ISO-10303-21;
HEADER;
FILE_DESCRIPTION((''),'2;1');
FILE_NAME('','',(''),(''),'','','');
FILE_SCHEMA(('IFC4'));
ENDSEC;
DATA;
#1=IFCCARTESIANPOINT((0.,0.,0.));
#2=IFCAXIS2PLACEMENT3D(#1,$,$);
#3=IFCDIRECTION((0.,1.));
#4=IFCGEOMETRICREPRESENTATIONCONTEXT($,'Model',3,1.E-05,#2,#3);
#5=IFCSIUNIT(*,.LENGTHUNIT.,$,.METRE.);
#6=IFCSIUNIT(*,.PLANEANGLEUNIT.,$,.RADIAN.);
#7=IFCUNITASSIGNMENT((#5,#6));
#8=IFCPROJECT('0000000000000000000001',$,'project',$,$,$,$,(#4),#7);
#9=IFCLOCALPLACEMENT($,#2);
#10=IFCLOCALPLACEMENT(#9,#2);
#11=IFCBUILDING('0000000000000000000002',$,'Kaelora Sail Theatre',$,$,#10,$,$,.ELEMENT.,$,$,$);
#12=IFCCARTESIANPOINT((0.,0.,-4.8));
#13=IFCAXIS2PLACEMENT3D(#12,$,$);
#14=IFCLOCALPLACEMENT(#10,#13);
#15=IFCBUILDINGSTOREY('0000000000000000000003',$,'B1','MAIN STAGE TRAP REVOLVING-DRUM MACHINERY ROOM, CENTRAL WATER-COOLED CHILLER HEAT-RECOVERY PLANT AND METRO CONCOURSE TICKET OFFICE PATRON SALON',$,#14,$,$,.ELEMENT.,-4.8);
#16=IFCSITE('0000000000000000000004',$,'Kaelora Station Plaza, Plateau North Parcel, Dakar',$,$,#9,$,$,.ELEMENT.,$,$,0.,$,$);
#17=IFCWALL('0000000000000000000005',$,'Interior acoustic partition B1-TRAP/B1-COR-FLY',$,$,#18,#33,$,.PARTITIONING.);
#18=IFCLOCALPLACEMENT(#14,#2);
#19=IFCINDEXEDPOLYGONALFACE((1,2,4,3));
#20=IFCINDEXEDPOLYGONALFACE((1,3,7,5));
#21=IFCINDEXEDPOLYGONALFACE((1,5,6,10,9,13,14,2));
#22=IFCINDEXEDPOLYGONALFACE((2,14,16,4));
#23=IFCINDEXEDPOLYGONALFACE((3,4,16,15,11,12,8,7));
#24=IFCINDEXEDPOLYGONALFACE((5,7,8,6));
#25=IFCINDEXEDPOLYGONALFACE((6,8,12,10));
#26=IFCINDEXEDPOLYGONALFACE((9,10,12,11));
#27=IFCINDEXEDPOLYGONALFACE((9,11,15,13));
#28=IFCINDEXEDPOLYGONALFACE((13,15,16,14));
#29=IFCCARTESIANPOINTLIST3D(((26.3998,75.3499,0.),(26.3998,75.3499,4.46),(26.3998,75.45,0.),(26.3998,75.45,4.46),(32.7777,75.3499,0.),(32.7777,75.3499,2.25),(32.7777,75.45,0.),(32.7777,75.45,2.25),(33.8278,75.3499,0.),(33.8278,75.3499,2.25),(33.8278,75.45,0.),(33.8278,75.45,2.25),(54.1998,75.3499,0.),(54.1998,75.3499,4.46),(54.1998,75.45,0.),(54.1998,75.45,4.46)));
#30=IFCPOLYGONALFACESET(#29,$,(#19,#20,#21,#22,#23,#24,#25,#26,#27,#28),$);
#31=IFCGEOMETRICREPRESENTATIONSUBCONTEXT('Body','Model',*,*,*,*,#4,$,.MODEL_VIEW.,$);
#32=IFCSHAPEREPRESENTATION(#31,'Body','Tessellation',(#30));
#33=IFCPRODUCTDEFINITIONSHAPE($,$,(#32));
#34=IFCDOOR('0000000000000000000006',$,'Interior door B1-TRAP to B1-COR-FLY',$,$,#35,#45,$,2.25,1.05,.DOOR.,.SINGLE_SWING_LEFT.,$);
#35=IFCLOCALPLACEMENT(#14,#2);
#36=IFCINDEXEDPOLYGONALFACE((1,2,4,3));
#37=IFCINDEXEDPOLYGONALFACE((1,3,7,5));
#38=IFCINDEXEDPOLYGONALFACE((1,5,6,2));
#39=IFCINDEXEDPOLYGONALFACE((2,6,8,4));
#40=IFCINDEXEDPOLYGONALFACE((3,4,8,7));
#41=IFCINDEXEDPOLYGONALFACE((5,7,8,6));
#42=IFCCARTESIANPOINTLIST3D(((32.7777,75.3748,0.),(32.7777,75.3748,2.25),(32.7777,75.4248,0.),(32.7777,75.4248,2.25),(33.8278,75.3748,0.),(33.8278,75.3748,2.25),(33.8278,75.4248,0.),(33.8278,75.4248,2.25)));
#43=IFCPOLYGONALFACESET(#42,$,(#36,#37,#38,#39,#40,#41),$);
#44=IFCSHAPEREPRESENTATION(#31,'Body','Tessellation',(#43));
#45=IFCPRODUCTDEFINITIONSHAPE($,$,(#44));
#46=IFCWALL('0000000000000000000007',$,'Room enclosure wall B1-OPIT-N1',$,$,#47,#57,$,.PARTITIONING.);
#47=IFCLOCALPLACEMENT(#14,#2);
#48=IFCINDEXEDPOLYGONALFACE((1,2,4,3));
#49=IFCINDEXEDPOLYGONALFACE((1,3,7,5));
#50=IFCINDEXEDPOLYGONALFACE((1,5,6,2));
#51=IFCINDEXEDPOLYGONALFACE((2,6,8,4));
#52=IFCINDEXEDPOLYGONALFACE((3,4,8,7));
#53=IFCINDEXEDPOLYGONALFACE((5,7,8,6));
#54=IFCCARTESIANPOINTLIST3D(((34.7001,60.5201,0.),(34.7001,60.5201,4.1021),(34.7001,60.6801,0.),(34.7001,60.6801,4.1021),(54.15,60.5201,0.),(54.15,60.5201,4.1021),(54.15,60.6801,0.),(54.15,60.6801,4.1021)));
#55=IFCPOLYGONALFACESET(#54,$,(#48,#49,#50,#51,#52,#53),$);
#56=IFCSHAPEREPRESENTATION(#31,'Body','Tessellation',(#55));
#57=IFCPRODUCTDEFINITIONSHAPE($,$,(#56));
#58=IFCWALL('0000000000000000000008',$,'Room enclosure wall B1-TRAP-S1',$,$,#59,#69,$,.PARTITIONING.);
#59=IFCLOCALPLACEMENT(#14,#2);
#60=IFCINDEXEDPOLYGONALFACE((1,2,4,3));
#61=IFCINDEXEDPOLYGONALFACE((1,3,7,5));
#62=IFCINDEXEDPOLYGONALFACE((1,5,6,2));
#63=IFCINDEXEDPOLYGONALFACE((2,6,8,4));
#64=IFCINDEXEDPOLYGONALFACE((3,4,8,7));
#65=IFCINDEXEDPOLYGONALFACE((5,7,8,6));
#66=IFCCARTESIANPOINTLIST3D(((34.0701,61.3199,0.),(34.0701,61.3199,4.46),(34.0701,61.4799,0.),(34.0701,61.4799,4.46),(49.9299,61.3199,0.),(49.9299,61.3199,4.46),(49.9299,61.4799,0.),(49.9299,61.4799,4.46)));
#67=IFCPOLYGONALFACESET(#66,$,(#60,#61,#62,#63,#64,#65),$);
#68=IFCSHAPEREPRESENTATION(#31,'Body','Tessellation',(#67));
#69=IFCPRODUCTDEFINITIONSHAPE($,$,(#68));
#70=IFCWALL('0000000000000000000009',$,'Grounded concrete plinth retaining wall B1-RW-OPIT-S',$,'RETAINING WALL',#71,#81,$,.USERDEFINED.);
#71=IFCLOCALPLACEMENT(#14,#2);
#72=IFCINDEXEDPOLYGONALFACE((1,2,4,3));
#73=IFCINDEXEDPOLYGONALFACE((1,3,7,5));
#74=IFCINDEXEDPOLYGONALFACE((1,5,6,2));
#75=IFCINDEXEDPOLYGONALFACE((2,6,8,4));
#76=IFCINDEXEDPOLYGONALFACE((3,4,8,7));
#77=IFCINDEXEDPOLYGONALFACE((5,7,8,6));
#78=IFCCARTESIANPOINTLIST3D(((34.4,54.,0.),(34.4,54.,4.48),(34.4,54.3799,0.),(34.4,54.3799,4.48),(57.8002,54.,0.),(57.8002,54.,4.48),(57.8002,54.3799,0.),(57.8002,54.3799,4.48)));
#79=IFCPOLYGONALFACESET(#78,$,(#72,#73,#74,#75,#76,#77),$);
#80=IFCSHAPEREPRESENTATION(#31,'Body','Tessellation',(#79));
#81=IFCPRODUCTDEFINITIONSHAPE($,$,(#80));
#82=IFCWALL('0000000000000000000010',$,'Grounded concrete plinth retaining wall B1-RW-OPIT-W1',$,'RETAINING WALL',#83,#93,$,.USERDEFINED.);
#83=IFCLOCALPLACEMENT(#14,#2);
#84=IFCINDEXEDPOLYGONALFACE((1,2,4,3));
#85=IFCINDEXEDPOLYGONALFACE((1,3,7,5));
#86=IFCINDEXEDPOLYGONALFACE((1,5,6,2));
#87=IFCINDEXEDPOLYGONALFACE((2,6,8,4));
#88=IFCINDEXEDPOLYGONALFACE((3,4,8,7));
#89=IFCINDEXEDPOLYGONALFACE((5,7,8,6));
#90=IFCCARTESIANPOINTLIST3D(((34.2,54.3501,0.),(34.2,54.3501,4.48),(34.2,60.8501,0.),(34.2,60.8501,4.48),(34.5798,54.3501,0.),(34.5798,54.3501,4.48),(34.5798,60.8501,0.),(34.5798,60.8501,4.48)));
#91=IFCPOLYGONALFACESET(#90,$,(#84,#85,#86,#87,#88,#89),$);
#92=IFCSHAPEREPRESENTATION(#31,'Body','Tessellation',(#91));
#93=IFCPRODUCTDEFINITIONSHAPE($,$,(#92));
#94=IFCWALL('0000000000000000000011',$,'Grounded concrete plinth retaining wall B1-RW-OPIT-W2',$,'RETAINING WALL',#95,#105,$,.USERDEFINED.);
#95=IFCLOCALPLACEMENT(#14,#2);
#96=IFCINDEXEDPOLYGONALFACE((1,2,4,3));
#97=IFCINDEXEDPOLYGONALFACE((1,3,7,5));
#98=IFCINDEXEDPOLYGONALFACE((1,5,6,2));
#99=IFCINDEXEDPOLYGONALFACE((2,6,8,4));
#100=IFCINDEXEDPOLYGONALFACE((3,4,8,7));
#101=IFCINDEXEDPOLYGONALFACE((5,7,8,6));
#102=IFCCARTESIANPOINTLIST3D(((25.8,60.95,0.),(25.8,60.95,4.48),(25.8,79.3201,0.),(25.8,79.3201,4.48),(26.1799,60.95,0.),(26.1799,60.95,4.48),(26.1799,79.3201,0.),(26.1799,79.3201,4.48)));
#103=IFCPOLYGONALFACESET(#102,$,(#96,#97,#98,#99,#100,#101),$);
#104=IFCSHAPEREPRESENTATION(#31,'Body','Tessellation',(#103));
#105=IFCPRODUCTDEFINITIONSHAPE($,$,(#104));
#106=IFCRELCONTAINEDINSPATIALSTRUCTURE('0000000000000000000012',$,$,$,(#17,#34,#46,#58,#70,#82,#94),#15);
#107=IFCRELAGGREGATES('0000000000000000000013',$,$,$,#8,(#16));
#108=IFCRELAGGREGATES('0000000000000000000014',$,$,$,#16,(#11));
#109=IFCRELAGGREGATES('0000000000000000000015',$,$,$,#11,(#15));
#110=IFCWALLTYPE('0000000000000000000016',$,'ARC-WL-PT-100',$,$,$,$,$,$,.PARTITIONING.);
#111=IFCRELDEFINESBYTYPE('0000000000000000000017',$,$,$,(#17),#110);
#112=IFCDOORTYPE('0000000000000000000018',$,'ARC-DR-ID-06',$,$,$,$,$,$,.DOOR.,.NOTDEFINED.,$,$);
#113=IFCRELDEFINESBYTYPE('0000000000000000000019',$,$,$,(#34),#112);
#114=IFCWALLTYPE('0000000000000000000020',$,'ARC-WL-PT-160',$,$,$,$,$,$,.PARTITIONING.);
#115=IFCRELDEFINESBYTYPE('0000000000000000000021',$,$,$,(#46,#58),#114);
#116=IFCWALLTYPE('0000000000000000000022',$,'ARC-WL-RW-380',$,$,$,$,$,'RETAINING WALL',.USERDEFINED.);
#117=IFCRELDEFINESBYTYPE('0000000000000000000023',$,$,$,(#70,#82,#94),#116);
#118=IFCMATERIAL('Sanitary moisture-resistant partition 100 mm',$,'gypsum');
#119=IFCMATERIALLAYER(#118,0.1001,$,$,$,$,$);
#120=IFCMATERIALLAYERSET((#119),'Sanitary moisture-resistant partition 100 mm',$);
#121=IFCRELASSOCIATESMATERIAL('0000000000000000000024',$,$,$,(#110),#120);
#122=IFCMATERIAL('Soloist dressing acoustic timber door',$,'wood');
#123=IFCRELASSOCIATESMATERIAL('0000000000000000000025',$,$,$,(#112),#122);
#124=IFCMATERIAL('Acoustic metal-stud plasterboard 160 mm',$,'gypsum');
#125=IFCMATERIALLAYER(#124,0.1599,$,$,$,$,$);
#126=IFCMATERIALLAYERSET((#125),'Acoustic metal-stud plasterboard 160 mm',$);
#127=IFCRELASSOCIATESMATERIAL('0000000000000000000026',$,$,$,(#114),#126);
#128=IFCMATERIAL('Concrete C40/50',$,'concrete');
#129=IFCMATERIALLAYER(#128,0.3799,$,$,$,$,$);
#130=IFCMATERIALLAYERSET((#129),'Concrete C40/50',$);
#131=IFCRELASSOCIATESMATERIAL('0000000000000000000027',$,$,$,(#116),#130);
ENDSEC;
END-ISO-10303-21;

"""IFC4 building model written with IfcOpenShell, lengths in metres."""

from ifc_helpers import new_model, si_unit, direction, frame, frame_2d, origin, place, context, subcontext, project, spatial, rectangle, extrude, material, layer, layer_set, type_object, element, fill, save


model = new_model("IFC4")

# Units and contexts
model_context = context("Model", 3, precision=1e-05, world=origin(), true_north=direction((0.0, 1.0)))
body_context = subcontext(model_context, "Body", "Model", "MODEL_VIEW")
ifc_project = project(units=[si_unit("LENGTHUNIT", "METRE"), si_unit("PLANEANGLEUNIT", "RADIAN")], contexts=[model_context])

# Site, building, storey
site_placement = place(None, origin())
site = spatial("IfcSite", under=ifc_project, at=site_placement, Name="Kaelora Station Plaza, Plateau North Parcel, Dakar", CompositionType="ELEMENT", RefElevation=0.0)
building_placement = place(site_placement, origin())
building = spatial("IfcBuilding", under=site, at=building_placement, Name="Kaelora Sail Theatre", CompositionType="ELEMENT")
storey_placement = place(building_placement, frame((0.0, 0.0, -4.8)))
storey = spatial("IfcBuildingStorey", under=building, at=storey_placement, Name="B1", Description="MAIN STAGE TRAP REVOLVING-DRUM MACHINERY ROOM, CENTRAL WATER-COOLED CHILLER HEAT-RECOVERY PLANT AND METRO CONCOURSE TICKET OFFICE PATRON SALON", CompositionType="ELEMENT", Elevation=-4.8)

# Wall, opening, door
ifc_material_1 = material(Name="Sanitary moisture-resistant partition 100 mm", Category="gypsum")
ifc_layer_1 = layer(ifc_material_1, 0.1001)
ifc_layer_set_1 = layer_set([ifc_layer_1], Name="Sanitary moisture-resistant partition 100 mm")
wall_type_1 = type_object("IfcWallType", Name="ARC-WL-PT-100", PredefinedType="PARTITIONING", material=ifc_layer_set_1)
wall_1_placement = place(storey_placement, frame((26.3999, 75.3999, 0.0), z_axis=(0.0, 0.0, 1.0), x_axis=(1.0, 0.0, 0.0)))
wall_1 = element("IfcWall", 1, at=wall_1_placement, inside=storey, type_object=wall_type_1, Name="Interior acoustic partition B1-TRAP/B1-COR-FLY", PredefinedType="PARTITIONING", context=body_context, shape_type="SweptSolid", body=[
    extrude(rectangle(XDim=27.8, YDim=0.1001, at=frame_2d((13.8999, 0.0))), origin(), (0.0, 0.0, 1.0), 4.46),
])
opening_placement = place(wall_1_placement, frame((6.3779, 0.0, 0.0)))
opening = element("IfcOpeningElement", 2, at=opening_placement, cuts=wall_1, PredefinedType="OPENING", context=body_context, shape_type="SweptSolid", body=[
    extrude(rectangle(XDim=1.05, YDim=2.25, at=frame_2d((0.5249, 1.125))), frame((0.0, 0.06, 0.0), z_axis=(0.0, -1.0, 0.0), x_axis=(1.0, 0.0, 0.0)), (0.0, 0.0, 1.0), 0.1201),
])
ifc_material_2 = material(Name="Soloist dressing acoustic timber door", Category="wood")
door_type = type_object("IfcDoorType", Name="ARC-DR-ID-06", OperationType="NOTDEFINED", PredefinedType="DOOR", material=ifc_material_2)
door_placement = place(opening_placement, origin())
door = element("IfcDoor", 3, at=door_placement, inside=storey, type_object=door_type, Name="Interior door B1-TRAP to B1-COR-FLY", OperationType="SINGLE_SWING_LEFT", OverallHeight=2.25, OverallWidth=1.05, PredefinedType="DOOR", context=body_context, shape_type="SweptSolid", body=[
    extrude(rectangle(XDim=1.05, YDim=2.25, at=frame_2d((0.5249, 1.125))), frame((0.0, 0.0249, 0.0), z_axis=(0.0, -1.0, 0.0), x_axis=(1.0, 0.0, 0.0)), (0.0, 0.0, 1.0), 0.05),
])
fill(opening, door)

# Walls
ifc_material_3 = material(Name="Acoustic metal-stud plasterboard 160 mm", Category="gypsum")
ifc_layer_2 = layer(ifc_material_3, 0.1599)
ifc_layer_set_2 = layer_set([ifc_layer_2], Name="Acoustic metal-stud plasterboard 160 mm")
wall_type_2 = type_object("IfcWallType", Name="ARC-WL-PT-160", PredefinedType="PARTITIONING", material=ifc_layer_set_2)
wall_2_placement = place(storey_placement, frame((34.7, 60.6001, 0.0), z_axis=(0.0, 0.0, 1.0), x_axis=(1.0, 0.0, 0.0)))
element("IfcWall", 4, at=wall_2_placement, inside=storey, type_object=wall_type_2, Name="Room enclosure wall B1-OPIT-N1", PredefinedType="PARTITIONING", context=body_context, shape_type="SweptSolid", body=[
    extrude(rectangle(XDim=19.45, YDim=0.1599, at=frame_2d((9.7251, 0.0))), origin(), (0.0, 0.0, 1.0), 4.1021),
])
wall_3_placement = place(storey_placement, frame((34.0701, 61.3999, 0.0), z_axis=(0.0, 0.0, 1.0), x_axis=(1.0, 0.0, 0.0)))
element("IfcWall", 5, at=wall_3_placement, inside=storey, type_object=wall_type_2, Name="Room enclosure wall B1-TRAP-S1", PredefinedType="PARTITIONING", context=body_context, shape_type="SweptSolid", body=[
    extrude(rectangle(XDim=15.8599, YDim=0.1599, at=frame_2d((7.9299, 0.0))), origin(), (0.0, 0.0, 1.0), 4.46),
])
ifc_material_4 = material(Name="Concrete C40/50", Category="concrete")
ifc_layer_3 = layer(ifc_material_4, 0.3799)
ifc_layer_set_3 = layer_set([ifc_layer_3], Name="Concrete C40/50")
wall_type_3 = type_object("IfcWallType", Name="ARC-WL-RW-380", ElementType="RETAINING WALL", PredefinedType="USERDEFINED", material=ifc_layer_set_3)
wall_4_placement = place(storey_placement, frame((34.3999, 54.1899, 0.0), z_axis=(0.0, 0.0, 1.0), x_axis=(1.0, 0.0, 0.0)))
element("IfcWall", 6, at=wall_4_placement, inside=storey, type_object=wall_type_3, Name="Grounded concrete plinth retaining wall B1-RW-OPIT-S", ObjectType="RETAINING WALL", PredefinedType="USERDEFINED", context=body_context, shape_type="SweptSolid", body=[
    extrude(rectangle(XDim=23.4001, YDim=0.3799, at=frame_2d((11.7002, 0.0))), origin(), (0.0, 0.0, 1.0), 4.48),
])
wall_5_placement = place(storey_placement, frame((34.3899, 54.3501, 0.0), z_axis=(0.0, 0.0, 1.0), x_axis=(0.0, 1.0, 0.0)))
element("IfcWall", 7, at=wall_5_placement, inside=storey, type_object=wall_type_3, Name="Grounded concrete plinth retaining wall B1-RW-OPIT-W1", ObjectType="RETAINING WALL", PredefinedType="USERDEFINED", context=body_context, shape_type="SweptSolid", body=[
    extrude(rectangle(XDim=6.5, YDim=0.3799, at=frame_2d((3.25, 0.0))), origin(), (0.0, 0.0, 1.0), 4.48),
])
wall_6_placement = place(storey_placement, frame((25.99, 60.95, 0.0), z_axis=(0.0, 0.0, 1.0), x_axis=(0.0, 1.0, 0.0)))
element("IfcWall", 8, at=wall_6_placement, inside=storey, type_object=wall_type_3, Name="Grounded concrete plinth retaining wall B1-RW-OPIT-W2", ObjectType="RETAINING WALL", PredefinedType="USERDEFINED", context=body_context, shape_type="SweptSolid", body=[
    extrude(rectangle(XDim=18.3701, YDim=0.3799, at=frame_2d((9.1851, 0.0))), origin(), (0.0, 0.0, 1.0), 4.48),
])

save(model, "model.ifc")
